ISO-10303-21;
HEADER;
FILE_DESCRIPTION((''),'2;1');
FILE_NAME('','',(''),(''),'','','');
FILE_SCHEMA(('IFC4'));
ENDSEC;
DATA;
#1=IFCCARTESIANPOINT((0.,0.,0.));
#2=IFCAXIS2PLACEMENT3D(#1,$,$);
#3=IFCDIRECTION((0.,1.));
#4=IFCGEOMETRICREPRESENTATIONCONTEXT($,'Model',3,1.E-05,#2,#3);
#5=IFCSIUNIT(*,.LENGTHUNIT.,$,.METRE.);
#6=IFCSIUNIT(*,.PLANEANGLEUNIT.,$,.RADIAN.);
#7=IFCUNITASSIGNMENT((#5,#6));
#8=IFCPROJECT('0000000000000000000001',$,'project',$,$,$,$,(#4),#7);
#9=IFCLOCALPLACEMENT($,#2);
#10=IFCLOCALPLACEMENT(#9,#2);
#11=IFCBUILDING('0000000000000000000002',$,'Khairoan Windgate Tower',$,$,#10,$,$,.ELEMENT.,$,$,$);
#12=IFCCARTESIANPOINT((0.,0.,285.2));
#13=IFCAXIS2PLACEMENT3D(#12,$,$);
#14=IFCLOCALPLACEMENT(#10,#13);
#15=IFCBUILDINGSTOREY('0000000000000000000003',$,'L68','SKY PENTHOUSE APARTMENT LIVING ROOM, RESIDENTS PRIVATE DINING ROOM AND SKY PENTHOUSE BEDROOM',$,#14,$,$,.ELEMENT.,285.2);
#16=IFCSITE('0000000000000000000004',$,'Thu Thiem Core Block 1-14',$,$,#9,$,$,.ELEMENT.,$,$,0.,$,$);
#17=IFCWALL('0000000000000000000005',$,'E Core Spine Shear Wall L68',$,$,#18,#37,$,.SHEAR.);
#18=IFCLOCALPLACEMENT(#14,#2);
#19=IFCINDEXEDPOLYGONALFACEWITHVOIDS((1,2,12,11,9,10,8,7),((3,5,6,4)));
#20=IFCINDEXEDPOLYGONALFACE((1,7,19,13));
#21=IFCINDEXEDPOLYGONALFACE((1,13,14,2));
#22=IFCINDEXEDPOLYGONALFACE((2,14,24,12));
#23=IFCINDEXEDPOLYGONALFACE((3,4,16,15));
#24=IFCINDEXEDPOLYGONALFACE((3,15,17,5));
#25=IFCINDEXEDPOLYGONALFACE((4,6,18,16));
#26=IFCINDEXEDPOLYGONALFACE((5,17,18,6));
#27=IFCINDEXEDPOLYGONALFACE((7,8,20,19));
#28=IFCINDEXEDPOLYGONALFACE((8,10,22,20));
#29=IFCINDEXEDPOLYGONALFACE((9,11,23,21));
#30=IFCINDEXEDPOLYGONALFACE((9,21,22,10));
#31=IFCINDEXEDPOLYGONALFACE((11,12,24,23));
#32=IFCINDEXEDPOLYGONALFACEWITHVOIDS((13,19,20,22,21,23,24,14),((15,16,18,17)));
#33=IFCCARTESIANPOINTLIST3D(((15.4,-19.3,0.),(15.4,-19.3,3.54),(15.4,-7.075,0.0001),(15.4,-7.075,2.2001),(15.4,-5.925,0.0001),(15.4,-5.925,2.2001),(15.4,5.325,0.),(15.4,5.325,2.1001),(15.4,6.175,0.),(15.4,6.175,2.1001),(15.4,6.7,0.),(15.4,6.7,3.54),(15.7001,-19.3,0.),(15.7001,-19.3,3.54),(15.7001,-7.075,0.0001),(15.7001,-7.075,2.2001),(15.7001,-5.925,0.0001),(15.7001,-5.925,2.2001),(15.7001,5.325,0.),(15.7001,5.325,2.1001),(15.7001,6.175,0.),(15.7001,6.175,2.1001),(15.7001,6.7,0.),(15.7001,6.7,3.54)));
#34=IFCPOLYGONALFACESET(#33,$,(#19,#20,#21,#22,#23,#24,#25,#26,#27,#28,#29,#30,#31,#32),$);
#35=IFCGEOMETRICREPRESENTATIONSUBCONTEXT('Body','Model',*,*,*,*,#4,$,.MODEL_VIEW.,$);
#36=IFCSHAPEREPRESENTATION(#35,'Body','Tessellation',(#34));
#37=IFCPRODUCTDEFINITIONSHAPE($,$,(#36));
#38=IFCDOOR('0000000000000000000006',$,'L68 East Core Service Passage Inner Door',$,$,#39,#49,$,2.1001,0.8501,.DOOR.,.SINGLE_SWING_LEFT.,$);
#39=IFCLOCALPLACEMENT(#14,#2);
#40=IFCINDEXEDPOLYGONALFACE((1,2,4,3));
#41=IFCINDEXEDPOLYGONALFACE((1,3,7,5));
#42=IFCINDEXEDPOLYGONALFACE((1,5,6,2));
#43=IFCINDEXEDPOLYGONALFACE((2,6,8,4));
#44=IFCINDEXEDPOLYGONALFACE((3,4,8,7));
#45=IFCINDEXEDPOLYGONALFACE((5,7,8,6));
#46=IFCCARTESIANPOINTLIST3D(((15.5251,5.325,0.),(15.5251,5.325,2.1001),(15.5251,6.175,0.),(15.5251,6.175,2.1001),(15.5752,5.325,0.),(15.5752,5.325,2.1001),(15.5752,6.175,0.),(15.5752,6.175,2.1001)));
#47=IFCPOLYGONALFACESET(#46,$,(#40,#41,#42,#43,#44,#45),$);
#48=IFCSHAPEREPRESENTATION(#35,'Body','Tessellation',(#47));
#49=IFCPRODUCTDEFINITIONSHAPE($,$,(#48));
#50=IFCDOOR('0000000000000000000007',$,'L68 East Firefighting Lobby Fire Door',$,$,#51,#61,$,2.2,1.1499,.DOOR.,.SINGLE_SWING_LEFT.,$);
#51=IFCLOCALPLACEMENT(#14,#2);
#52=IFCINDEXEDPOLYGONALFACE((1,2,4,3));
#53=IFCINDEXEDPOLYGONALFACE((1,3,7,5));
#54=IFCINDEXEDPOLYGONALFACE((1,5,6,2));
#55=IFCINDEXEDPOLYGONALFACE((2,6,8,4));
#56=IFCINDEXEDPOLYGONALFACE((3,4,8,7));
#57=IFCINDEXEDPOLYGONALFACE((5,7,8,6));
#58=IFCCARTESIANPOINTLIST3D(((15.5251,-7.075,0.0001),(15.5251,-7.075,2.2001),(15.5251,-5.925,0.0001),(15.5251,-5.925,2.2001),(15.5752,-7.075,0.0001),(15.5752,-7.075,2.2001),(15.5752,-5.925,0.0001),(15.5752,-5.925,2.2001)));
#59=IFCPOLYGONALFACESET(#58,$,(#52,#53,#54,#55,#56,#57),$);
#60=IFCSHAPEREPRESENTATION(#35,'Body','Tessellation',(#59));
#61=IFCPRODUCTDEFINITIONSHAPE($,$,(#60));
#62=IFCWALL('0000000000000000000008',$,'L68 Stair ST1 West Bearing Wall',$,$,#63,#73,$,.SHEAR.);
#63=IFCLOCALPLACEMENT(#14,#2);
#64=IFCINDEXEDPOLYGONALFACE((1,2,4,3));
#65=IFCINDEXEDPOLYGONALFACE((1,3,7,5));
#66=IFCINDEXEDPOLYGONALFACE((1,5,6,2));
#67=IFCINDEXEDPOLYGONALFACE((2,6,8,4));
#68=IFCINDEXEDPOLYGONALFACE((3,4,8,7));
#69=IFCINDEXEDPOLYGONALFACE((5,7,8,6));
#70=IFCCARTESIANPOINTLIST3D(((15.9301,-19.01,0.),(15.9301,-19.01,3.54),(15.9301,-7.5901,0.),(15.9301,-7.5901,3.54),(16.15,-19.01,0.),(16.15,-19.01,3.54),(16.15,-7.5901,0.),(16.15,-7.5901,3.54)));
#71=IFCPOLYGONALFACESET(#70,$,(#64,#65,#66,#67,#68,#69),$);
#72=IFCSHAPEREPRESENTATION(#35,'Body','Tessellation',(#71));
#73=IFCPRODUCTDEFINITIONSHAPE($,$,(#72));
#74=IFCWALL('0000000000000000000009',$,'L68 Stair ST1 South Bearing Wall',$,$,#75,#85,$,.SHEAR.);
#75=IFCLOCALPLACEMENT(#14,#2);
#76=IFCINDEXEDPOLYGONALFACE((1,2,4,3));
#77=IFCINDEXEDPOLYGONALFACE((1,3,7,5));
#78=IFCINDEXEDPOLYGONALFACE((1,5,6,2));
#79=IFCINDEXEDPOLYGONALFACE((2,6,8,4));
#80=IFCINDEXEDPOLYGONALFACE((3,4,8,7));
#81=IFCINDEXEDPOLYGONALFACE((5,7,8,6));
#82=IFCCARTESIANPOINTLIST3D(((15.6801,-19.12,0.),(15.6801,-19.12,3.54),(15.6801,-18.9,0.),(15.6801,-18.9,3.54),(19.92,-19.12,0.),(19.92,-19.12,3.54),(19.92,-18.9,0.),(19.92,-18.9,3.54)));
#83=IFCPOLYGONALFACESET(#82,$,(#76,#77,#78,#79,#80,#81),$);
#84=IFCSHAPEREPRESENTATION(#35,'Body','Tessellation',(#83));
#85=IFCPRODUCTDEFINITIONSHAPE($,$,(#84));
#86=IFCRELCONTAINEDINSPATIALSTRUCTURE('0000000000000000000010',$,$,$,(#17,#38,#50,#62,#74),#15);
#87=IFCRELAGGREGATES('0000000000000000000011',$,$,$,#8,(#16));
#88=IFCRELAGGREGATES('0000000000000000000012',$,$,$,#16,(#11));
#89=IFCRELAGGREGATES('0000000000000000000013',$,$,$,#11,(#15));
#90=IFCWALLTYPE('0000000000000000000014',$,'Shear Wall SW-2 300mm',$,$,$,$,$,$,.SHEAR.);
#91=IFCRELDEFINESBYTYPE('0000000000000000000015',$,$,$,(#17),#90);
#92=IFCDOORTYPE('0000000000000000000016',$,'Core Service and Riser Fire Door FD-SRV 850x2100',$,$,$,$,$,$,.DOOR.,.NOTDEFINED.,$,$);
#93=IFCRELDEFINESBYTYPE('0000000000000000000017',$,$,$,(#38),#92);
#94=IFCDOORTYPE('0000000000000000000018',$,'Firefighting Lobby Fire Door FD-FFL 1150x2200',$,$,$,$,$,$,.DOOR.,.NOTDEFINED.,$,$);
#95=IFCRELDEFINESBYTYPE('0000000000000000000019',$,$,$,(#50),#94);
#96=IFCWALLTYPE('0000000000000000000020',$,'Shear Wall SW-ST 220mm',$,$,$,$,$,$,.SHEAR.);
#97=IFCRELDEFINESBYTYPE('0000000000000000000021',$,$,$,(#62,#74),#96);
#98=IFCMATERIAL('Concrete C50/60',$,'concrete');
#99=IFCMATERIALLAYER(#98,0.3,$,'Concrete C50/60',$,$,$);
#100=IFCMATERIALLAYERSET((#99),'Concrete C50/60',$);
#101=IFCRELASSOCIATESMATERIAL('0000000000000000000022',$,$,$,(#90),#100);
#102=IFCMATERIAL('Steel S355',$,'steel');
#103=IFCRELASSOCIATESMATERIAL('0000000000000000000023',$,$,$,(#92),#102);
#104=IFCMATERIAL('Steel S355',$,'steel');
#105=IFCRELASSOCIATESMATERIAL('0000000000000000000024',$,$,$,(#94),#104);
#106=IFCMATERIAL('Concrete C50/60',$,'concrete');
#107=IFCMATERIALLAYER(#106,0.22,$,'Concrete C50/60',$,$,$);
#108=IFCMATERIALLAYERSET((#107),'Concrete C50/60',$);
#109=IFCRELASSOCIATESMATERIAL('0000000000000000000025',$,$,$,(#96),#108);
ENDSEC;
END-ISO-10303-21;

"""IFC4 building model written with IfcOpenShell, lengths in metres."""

from ifc_helpers import new_model, si_unit, direction, frame, frame_2d, origin, place, context, subcontext, project, spatial, rectangle, extrude, material, layer, layer_set, type_object, element, fill, save


model = new_model("IFC4")

# Units and contexts
model_context = context("Model", 3, precision=1e-05, world=origin(), true_north=direction((0.0, 1.0)))
body_context = subcontext(model_context, "Body", "Model", "MODEL_VIEW")
ifc_project = project(units=[si_unit("LENGTHUNIT", "METRE"), si_unit("PLANEANGLEUNIT", "RADIAN")], contexts=[model_context])

# Site, building, storey
site_placement = place(None, origin())
site = spatial("IfcSite", under=ifc_project, at=site_placement, Name="Thu Thiem Core Block 1-14", CompositionType="ELEMENT", RefElevation=0.0)
building_placement = place(site_placement, origin())
building = spatial("IfcBuilding", under=site, at=building_placement, Name="Khairoan Windgate Tower", CompositionType="ELEMENT")
storey_placement = place(building_placement, frame((0.0, 0.0, 285.2)))
storey = spatial("IfcBuildingStorey", under=building, at=storey_placement, Name="L68", Description="SKY PENTHOUSE APARTMENT LIVING ROOM, RESIDENTS PRIVATE DINING ROOM AND SKY PENTHOUSE BEDROOM", CompositionType="ELEMENT", Elevation=285.2)

# Wall, openings, doors
ifc_material_1 = material(Name="Concrete C50/60", Category="concrete")
ifc_layer_1 = layer(ifc_material_1, 0.3, Name="Concrete C50/60")
ifc_layer_set_1 = layer_set([ifc_layer_1], Name="Concrete C50/60")
wall_type_1 = type_object("IfcWallType", Name="Shear Wall SW-2 300mm", PredefinedType="SHEAR", material=ifc_layer_set_1)
wall_1_placement = place(storey_placement, frame((15.55, -19.3, 0.0), z_axis=(0.0, 0.0, 1.0), x_axis=(0.0, 1.0, 0.0)))
wall_1 = element("IfcWall", 1, at=wall_1_placement, inside=storey, type_object=wall_type_1, Name="E Core Spine Shear Wall L68", PredefinedType="SHEAR", context=body_context, shape_type="SweptSolid", body=[
    extrude(rectangle(XDim=26.0, YDim=0.3, at=frame_2d((13.0, 0.0))), origin(), (0.0, 0.0, 1.0), 3.54),
])
opening_1_placement = place(wall_1_placement, frame((12.2251, 0.0, 0.0)))
opening_1 = element("IfcOpeningElement", 2, at=opening_1_placement, cuts=wall_1, PredefinedType="OPENING", context=body_context, shape_type="SweptSolid", body=[
    extrude(rectangle(XDim=1.1499, YDim=2.2, at=frame_2d((0.575, 1.1001))), frame((0.0, 0.1599, 0.0), z_axis=(0.0, -1.0, 0.0), x_axis=(1.0, 0.0, 0.0)), (0.0, 0.0, 1.0), 0.3201),
])
opening_2_placement = place(wall_1_placement, frame((24.625, 0.0, 0.0)))
opening_2 = element("IfcOpeningElement", 3, at=opening_2_placement, cuts=wall_1, PredefinedType="OPENING", context=body_context, shape_type="SweptSolid", body=[
    extrude(rectangle(XDim=0.8501, YDim=2.1001, at=frame_2d((0.425, 1.05))), frame((0.0, 0.1599, 0.0), z_axis=(0.0, -1.0, 0.0), x_axis=(1.0, 0.0, 0.0)), (0.0, 0.0, 1.0), 0.3201),
])
ifc_material_2 = material(Name="Steel S355", Category="steel")
door_type_1 = type_object("IfcDoorType", Name="Core Service and Riser Fire Door FD-SRV 850x2100", OperationType="NOTDEFINED", PredefinedType="DOOR", material=ifc_material_2)
door_1_placement = place(opening_2_placement, origin())
door_1 = element("IfcDoor", 4, at=door_1_placement, inside=storey, type_object=door_type_1, Name="L68 East Core Service Passage Inner Door", OperationType="SINGLE_SWING_LEFT", OverallHeight=2.1001, OverallWidth=0.8501, PredefinedType="DOOR", context=body_context, shape_type="SweptSolid", body=[
    extrude(rectangle(XDim=0.8501, YDim=2.1001, at=frame_2d((0.425, 1.05))), frame((0.0, 0.0249, 0.0), z_axis=(0.0, -1.0, 0.0), x_axis=(1.0, 0.0, 0.0)), (0.0, 0.0, 1.0), 0.05),
])
fill(opening_2, door_1)
ifc_material_3 = material(Name="Steel S355", Category="steel")
door_type_2 = type_object("IfcDoorType", Name="Firefighting Lobby Fire Door FD-FFL 1150x2200", OperationType="NOTDEFINED", PredefinedType="DOOR", material=ifc_material_3)
door_2_placement = place(opening_1_placement, origin())
door_2 = element("IfcDoor", 5, at=door_2_placement, inside=storey, type_object=door_type_2, Name="L68 East Firefighting Lobby Fire Door", OperationType="SINGLE_SWING_LEFT", OverallHeight=2.2, OverallWidth=1.1499, PredefinedType="DOOR", context=body_context, shape_type="SweptSolid", body=[
    extrude(rectangle(XDim=1.1499, YDim=2.2, at=frame_2d((0.575, 1.1001))), frame((0.0, 0.0249, 0.0), z_axis=(0.0, -1.0, 0.0), x_axis=(1.0, 0.0, 0.0)), (0.0, 0.0, 1.0), 0.05),
])
fill(opening_1, door_2)

# Walls
ifc_material_4 = material(Name="Concrete C50/60", Category="concrete")
ifc_layer_2 = layer(ifc_material_4, 0.22, Name="Concrete C50/60")
ifc_layer_set_2 = layer_set([ifc_layer_2], Name="Concrete C50/60")
wall_type_2 = type_object("IfcWallType", Name="Shear Wall SW-ST 220mm", PredefinedType="SHEAR", material=ifc_layer_set_2)
wall_2_placement = place(storey_placement, frame((16.04, -19.01, 0.0), z_axis=(0.0, 0.0, 1.0), x_axis=(0.0, 1.0, 0.0)))
element("IfcWall", 6, at=wall_2_placement, inside=storey, type_object=wall_type_2, Name="L68 Stair ST1 West Bearing Wall", PredefinedType="SHEAR", context=body_context, shape_type="SweptSolid", body=[
    extrude(rectangle(XDim=11.4199, YDim=0.22, at=frame_2d((5.71, 0.0))), origin(), (0.0, 0.0, 1.0), 3.54),
])
wall_3_placement = place(storey_placement, frame((15.6799, -19.01, 0.0), z_axis=(0.0, 0.0, 1.0), x_axis=(1.0, 0.0, 0.0)))
element("IfcWall", 7, at=wall_3_placement, inside=storey, type_object=wall_type_2, Name="L68 Stair ST1 South Bearing Wall", PredefinedType="SHEAR", context=body_context, shape_type="SweptSolid", body=[
    extrude(rectangle(XDim=4.24, YDim=0.22, at=frame_2d((2.1201, 0.0))), origin(), (0.0, 0.0, 1.0), 3.54),
])

save(model, "model.ifc")
